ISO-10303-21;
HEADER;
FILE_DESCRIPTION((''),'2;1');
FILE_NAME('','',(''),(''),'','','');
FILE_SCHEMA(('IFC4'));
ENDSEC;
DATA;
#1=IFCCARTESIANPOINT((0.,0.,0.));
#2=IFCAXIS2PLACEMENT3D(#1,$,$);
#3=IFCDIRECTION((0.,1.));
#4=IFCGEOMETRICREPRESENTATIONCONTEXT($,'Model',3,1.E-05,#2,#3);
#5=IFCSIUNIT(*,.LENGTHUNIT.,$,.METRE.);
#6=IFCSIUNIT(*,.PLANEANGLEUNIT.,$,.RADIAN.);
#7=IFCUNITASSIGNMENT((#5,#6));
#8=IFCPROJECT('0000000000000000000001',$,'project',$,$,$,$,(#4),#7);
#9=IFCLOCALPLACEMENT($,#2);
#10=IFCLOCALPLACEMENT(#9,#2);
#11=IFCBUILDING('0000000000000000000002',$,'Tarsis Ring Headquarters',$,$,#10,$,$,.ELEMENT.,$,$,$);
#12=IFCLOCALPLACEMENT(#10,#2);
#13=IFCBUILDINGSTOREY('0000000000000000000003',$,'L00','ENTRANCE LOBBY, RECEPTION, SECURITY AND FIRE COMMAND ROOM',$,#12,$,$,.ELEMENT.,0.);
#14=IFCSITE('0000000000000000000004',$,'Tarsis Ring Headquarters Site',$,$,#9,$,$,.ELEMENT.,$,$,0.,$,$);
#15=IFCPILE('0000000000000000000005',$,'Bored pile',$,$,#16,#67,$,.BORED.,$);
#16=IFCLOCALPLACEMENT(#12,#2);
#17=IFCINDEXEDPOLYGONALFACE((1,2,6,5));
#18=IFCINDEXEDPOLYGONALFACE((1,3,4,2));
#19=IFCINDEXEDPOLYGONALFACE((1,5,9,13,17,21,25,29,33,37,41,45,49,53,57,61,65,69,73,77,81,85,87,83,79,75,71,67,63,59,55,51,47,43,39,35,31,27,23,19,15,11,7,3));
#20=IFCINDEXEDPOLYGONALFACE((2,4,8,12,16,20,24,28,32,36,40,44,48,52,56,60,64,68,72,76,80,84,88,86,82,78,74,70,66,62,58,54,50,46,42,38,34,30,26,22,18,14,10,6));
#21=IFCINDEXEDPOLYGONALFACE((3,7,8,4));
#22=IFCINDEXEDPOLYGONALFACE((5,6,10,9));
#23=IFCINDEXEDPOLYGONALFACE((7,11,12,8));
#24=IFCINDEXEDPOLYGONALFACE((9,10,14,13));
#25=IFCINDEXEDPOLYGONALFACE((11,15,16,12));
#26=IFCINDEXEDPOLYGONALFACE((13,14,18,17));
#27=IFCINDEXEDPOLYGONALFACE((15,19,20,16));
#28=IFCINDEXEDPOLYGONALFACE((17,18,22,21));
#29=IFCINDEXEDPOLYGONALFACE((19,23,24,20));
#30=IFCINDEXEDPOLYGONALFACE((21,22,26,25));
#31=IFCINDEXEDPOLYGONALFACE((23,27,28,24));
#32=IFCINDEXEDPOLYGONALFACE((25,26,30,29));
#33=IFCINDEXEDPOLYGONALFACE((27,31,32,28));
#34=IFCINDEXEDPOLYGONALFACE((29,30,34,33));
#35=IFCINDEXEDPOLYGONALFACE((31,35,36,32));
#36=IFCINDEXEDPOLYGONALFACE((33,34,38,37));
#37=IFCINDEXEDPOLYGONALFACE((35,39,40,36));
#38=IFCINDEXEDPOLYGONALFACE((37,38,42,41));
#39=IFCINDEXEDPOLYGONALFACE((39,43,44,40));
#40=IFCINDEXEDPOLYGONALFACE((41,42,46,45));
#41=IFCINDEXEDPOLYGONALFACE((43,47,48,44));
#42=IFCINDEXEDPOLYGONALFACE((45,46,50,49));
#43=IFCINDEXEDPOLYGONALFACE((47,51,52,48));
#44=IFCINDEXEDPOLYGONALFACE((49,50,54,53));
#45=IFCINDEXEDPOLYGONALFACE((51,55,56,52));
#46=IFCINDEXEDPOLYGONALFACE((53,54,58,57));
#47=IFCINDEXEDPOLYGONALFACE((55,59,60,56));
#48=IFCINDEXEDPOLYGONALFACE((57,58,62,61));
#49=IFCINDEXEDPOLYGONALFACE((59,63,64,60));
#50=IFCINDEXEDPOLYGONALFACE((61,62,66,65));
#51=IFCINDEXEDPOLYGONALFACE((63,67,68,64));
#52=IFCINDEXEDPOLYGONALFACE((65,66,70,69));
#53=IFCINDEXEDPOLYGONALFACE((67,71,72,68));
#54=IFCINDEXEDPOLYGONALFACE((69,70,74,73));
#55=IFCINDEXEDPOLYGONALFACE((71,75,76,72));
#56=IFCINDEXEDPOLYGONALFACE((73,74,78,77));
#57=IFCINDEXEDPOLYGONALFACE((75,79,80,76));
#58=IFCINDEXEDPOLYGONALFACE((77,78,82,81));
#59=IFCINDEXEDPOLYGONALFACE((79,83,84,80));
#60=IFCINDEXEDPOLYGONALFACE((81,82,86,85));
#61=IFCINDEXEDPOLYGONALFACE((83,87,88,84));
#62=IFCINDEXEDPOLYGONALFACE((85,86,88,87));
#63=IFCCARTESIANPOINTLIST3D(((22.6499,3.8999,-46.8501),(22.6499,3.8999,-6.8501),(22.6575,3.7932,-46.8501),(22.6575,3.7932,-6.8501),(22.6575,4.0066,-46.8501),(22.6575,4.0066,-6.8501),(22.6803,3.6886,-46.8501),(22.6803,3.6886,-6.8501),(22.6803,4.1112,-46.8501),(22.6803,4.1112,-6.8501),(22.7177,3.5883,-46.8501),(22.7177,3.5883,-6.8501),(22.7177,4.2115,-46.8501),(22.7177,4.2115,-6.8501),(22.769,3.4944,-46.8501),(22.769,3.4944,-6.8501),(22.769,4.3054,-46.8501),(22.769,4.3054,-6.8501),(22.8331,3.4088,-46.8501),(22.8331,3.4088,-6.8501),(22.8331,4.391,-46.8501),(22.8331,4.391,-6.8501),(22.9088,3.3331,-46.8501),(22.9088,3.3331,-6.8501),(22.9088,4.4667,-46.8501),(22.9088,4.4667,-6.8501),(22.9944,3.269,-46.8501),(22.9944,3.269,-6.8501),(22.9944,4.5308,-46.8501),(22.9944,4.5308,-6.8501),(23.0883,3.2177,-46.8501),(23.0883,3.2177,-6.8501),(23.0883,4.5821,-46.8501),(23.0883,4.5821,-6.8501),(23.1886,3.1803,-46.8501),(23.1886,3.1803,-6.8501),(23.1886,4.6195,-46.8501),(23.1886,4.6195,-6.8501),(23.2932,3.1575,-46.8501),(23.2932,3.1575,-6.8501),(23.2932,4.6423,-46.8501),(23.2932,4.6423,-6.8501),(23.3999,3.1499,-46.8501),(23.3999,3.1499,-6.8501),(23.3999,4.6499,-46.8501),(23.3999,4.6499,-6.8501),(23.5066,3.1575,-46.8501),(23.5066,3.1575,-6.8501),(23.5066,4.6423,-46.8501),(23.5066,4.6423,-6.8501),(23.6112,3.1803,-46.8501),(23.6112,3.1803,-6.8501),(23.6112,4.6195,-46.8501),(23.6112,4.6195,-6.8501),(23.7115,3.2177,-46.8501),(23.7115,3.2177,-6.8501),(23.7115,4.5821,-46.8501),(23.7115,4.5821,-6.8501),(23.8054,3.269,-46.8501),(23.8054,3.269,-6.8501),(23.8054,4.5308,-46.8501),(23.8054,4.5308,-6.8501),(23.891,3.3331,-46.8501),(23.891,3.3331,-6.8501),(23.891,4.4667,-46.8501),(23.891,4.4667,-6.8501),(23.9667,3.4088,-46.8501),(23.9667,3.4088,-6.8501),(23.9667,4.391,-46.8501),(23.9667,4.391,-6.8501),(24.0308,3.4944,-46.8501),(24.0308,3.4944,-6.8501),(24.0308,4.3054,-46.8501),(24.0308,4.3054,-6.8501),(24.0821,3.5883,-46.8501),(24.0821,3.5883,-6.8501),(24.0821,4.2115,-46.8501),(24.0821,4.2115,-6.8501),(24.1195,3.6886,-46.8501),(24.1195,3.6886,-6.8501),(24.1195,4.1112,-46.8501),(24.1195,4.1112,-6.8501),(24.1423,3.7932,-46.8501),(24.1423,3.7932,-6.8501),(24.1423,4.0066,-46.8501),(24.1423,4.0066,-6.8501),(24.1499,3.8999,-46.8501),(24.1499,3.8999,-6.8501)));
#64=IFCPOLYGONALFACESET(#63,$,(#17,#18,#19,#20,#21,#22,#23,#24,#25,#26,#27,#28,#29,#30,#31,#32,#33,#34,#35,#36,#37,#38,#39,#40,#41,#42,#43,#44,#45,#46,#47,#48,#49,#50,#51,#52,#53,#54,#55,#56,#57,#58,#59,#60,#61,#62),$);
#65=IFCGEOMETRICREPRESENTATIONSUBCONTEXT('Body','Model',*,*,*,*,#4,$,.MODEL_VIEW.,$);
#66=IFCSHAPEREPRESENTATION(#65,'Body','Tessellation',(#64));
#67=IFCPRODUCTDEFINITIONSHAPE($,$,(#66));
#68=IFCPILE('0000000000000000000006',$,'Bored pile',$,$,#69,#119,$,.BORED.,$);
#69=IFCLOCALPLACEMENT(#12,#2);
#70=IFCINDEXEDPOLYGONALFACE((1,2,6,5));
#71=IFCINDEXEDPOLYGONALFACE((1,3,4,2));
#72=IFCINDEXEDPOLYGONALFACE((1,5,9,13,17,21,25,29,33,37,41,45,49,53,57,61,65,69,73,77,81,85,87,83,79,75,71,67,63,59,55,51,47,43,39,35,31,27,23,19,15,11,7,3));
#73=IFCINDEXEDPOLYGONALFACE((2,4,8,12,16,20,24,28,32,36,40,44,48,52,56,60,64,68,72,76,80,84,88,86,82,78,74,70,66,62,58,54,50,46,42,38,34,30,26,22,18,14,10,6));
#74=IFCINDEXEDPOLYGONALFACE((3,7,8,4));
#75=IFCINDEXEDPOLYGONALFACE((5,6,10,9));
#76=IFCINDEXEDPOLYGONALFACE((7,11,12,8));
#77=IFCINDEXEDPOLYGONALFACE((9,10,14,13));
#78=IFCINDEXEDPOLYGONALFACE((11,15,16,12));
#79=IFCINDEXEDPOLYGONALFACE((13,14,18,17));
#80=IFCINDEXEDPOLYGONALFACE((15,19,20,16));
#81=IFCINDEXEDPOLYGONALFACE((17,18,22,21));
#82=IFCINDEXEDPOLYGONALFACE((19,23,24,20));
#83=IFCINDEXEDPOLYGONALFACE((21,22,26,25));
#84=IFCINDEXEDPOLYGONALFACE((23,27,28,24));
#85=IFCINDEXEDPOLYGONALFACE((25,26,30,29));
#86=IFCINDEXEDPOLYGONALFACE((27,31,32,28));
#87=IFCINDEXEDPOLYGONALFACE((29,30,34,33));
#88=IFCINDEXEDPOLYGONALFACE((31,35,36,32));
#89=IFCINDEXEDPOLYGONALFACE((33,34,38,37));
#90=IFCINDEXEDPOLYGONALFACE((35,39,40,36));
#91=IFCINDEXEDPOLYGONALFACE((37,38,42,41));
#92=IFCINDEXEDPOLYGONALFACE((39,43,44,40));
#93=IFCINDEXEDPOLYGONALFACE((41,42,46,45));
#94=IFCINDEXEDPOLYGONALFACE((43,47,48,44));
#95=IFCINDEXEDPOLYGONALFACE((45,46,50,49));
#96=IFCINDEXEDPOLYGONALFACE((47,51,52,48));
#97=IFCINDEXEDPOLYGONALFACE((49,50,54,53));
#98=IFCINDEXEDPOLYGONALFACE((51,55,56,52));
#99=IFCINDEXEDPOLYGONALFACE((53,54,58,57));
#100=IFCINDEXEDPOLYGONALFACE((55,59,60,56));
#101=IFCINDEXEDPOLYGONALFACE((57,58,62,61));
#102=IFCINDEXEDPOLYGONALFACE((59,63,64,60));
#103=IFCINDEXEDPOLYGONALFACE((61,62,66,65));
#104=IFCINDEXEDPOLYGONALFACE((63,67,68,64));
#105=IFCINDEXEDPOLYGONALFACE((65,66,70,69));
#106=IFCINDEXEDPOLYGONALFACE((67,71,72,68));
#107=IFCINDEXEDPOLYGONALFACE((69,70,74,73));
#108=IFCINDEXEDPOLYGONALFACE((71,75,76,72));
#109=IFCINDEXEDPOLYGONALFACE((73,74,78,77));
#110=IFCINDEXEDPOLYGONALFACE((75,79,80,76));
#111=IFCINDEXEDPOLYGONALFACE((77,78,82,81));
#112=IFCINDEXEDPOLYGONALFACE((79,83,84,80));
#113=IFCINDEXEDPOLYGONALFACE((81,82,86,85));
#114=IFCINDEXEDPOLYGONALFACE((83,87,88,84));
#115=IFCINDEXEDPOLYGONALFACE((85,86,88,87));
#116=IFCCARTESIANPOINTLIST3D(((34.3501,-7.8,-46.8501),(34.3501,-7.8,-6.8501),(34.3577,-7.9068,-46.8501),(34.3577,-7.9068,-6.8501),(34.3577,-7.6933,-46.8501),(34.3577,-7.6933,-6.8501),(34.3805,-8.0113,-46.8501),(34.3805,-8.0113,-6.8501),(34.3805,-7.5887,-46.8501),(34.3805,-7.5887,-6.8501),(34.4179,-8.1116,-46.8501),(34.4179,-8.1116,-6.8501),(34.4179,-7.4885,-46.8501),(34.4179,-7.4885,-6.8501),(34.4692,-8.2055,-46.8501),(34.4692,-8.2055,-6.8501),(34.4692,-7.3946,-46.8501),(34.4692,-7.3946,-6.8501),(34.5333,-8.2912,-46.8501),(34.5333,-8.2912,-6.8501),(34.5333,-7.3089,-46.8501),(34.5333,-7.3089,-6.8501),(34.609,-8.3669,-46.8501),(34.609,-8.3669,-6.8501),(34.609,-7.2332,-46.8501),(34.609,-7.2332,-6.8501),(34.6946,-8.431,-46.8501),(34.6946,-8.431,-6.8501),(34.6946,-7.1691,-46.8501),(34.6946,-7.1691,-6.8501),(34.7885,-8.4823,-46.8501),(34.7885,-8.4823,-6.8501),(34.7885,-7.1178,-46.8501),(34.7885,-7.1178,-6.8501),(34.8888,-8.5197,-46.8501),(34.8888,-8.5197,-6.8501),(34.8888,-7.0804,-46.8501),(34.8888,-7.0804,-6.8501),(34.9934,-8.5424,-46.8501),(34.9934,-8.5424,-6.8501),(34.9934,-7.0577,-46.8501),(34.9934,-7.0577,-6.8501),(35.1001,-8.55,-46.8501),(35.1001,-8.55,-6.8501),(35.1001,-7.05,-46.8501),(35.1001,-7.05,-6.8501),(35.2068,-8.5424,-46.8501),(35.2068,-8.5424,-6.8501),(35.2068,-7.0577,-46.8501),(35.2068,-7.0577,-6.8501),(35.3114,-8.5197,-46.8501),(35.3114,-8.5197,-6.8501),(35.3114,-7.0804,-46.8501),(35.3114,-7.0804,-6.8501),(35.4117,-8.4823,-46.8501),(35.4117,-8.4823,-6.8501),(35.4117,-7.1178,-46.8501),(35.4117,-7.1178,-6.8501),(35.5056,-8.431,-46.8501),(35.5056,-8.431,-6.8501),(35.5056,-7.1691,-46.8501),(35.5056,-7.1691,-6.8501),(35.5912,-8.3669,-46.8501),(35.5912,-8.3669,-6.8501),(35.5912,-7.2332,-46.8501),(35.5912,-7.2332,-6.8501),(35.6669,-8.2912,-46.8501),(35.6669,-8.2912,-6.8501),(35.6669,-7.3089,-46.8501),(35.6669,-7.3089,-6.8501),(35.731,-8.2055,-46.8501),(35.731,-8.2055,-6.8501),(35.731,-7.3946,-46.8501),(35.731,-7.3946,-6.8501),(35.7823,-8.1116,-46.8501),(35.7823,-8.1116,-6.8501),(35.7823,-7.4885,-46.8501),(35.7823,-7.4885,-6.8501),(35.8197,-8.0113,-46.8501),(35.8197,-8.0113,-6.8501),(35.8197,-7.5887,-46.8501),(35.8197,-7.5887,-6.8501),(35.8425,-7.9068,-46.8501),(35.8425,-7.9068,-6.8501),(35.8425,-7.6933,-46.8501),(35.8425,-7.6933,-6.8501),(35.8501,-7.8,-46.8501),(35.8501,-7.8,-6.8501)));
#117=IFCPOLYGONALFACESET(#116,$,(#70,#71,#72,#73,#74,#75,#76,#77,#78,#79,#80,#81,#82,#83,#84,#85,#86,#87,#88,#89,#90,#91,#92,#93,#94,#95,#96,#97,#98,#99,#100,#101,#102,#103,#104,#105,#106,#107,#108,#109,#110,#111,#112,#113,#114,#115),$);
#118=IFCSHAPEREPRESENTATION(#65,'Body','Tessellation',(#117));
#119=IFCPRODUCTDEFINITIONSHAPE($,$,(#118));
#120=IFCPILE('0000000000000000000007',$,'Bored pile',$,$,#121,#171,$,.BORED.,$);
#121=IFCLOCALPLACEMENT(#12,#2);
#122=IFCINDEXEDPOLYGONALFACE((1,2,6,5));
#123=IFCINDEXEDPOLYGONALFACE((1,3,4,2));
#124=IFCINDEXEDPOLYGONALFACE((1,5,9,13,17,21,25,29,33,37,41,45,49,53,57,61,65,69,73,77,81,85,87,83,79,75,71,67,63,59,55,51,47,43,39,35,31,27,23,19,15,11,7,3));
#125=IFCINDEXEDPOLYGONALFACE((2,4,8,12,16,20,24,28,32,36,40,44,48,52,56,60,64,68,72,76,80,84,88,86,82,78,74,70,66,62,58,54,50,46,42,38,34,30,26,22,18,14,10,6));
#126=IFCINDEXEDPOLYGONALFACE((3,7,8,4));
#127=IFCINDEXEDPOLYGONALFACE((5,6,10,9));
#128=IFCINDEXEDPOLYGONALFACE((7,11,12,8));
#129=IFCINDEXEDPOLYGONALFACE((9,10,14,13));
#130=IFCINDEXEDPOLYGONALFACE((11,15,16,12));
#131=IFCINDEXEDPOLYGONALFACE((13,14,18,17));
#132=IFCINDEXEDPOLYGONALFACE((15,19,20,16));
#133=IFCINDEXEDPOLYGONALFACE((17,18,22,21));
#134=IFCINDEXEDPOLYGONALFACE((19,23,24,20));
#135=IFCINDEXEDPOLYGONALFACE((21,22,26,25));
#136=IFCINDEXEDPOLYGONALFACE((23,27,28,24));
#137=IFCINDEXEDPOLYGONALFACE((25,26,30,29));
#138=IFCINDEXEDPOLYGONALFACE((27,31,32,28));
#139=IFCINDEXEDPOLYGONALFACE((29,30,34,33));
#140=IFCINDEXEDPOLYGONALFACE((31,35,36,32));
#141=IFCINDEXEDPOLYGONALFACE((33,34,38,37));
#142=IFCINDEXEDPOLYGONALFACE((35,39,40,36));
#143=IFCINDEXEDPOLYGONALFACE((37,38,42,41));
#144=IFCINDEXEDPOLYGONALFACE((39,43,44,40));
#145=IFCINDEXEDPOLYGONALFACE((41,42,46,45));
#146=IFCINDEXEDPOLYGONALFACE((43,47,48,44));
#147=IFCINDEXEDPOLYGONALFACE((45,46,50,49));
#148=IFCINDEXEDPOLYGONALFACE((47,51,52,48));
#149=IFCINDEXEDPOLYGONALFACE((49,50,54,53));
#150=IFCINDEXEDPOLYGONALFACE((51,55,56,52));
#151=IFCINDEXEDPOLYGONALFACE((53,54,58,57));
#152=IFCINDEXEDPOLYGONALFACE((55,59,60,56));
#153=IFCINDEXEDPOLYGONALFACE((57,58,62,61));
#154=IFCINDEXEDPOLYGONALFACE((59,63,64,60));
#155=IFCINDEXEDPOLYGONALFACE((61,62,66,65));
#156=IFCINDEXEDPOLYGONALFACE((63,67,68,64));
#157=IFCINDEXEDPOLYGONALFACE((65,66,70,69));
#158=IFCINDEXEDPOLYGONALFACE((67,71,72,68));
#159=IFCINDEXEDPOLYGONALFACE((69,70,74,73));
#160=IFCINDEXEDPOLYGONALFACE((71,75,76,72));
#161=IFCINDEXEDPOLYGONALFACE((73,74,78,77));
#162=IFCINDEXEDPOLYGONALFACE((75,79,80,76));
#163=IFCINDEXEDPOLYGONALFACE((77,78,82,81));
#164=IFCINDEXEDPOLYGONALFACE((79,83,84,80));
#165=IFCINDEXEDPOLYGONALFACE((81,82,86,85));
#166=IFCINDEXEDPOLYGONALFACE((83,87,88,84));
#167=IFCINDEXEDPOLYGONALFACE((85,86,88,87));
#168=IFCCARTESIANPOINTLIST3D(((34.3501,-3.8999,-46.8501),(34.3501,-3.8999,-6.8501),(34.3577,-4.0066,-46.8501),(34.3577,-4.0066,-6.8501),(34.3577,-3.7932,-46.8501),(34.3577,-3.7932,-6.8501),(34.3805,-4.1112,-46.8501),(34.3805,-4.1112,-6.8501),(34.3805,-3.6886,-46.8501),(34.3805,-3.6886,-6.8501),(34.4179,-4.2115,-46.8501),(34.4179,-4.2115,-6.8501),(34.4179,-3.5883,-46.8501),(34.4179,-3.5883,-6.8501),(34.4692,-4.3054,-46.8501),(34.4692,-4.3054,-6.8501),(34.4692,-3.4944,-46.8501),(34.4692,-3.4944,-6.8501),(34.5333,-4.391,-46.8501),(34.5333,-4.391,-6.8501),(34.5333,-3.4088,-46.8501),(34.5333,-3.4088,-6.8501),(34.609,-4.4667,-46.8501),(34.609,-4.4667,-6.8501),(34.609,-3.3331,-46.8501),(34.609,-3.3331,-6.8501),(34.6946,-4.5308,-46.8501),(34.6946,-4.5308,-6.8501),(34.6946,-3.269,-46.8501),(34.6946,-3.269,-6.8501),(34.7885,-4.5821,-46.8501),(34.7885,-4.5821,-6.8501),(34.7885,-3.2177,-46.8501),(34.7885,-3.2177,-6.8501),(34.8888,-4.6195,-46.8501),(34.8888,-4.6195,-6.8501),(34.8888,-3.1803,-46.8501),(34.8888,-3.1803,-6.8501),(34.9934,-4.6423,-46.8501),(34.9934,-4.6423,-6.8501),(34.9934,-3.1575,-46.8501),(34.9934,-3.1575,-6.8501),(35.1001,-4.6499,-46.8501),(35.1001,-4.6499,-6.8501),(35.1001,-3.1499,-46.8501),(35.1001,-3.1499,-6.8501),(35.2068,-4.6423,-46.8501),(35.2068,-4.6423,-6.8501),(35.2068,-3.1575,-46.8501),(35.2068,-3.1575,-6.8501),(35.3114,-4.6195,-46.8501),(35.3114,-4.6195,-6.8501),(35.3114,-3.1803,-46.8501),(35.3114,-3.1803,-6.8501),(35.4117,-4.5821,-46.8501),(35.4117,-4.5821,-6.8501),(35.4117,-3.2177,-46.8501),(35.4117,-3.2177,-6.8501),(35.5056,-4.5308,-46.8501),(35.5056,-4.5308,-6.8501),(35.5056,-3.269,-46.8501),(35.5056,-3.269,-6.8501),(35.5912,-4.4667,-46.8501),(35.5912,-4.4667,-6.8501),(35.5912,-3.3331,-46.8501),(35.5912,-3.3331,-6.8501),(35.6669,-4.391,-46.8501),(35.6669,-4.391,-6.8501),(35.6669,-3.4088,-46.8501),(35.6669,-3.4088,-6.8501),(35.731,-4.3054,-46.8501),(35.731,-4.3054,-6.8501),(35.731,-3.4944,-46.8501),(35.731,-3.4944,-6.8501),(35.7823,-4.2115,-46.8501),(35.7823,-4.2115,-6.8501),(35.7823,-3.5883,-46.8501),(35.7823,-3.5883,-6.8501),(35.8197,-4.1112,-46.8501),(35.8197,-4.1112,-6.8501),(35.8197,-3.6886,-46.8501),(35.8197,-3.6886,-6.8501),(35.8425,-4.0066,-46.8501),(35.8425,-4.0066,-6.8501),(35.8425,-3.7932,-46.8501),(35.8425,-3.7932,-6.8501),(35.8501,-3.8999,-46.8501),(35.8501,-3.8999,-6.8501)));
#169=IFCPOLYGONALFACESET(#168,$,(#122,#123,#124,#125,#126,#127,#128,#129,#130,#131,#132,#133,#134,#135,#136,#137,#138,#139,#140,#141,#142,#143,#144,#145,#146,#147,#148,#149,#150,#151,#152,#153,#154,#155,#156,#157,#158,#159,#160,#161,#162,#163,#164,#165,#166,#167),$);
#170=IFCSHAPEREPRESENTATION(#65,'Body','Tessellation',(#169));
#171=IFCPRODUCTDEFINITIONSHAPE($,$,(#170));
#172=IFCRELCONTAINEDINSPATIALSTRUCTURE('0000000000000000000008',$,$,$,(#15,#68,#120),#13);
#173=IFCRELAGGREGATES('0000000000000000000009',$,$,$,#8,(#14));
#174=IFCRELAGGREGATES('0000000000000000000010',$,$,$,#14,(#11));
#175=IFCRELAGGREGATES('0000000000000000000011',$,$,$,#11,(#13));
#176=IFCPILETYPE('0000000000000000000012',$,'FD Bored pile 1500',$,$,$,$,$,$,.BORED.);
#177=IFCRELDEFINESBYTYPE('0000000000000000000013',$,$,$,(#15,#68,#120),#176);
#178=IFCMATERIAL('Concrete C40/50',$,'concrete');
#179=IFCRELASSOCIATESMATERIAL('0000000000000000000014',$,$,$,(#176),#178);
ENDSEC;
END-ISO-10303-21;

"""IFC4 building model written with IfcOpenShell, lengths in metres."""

from ifc_helpers import new_model, si_unit, direction, frame, origin, origin_2d, place, context, subcontext, project, spatial, circle, extrude, material, material_profile, profile_set, type_object, element, save


model = new_model("IFC4")

# Units and contexts
model_context = context("Model", 3, precision=1e-05, world=origin(), true_north=direction((0.0, 1.0)))
body_context = subcontext(model_context, "Body", "Model", "MODEL_VIEW")
ifc_project = project(units=[si_unit("LENGTHUNIT", "METRE"), si_unit("PLANEANGLEUNIT", "RADIAN")], contexts=[model_context])

# Site, building, storey
site_placement = place(None, origin())
site = spatial("IfcSite", under=ifc_project, at=site_placement, Name="Tarsis Ring Headquarters Site", CompositionType="ELEMENT", RefElevation=0.0)
building_placement = place(site_placement, origin())
building = spatial("IfcBuilding", under=site, at=building_placement, Name="Tarsis Ring Headquarters", CompositionType="ELEMENT")
storey_placement = place(building_placement, origin())
storey = spatial("IfcBuildingStorey", under=building, at=storey_placement, Name="L00", Description="ENTRANCE LOBBY, RECEPTION, SECURITY AND FIRE COMMAND ROOM", CompositionType="ELEMENT", Elevation=0.0)

# Piles
ifc_material_1 = material(Name="Concrete C40/50", Category="concrete")
ifc_material_profile_1 = material_profile(ifc_material_1, circle(Radius=0.75, at=origin_2d()), Name="BORED 1500")
ifc_profile_set_1 = profile_set([ifc_material_profile_1], Name="Concrete C40/50")
pile_type = type_object("IfcPileType", Name="FD Bored pile 1500", PredefinedType="BORED", material=ifc_profile_set_1)
for number, where, z_axis, x_axis, name in (
    (1, (23.3999, 3.8999, -6.8501), (0.0, 0.0, -1.0), (1.0, 0.0, 0.0), "Bored pile"),
    (2, (35.1001, -7.8, -6.8501), (0.0, 0.0, -1.0), (1.0, 0.0, 0.0), "Bored pile"),
    (3, (35.1001, -3.8999, -6.8501), (0.0, 0.0, -1.0), (1.0, 0.0, 0.0), "Bored pile"),
):
    element("IfcPile", number, at=place(storey_placement, frame(where, z_axis=z_axis, x_axis=x_axis)), inside=storey, type_object=pile_type, Name=name, PredefinedType="BORED", context=body_context, shape_type="SweptSolid", body=[
        extrude(circle(Radius=0.75, at=origin_2d()), origin(), (0.0, 0.0, 1.0), 40.0),
    ])

save(model, "model.ifc")
